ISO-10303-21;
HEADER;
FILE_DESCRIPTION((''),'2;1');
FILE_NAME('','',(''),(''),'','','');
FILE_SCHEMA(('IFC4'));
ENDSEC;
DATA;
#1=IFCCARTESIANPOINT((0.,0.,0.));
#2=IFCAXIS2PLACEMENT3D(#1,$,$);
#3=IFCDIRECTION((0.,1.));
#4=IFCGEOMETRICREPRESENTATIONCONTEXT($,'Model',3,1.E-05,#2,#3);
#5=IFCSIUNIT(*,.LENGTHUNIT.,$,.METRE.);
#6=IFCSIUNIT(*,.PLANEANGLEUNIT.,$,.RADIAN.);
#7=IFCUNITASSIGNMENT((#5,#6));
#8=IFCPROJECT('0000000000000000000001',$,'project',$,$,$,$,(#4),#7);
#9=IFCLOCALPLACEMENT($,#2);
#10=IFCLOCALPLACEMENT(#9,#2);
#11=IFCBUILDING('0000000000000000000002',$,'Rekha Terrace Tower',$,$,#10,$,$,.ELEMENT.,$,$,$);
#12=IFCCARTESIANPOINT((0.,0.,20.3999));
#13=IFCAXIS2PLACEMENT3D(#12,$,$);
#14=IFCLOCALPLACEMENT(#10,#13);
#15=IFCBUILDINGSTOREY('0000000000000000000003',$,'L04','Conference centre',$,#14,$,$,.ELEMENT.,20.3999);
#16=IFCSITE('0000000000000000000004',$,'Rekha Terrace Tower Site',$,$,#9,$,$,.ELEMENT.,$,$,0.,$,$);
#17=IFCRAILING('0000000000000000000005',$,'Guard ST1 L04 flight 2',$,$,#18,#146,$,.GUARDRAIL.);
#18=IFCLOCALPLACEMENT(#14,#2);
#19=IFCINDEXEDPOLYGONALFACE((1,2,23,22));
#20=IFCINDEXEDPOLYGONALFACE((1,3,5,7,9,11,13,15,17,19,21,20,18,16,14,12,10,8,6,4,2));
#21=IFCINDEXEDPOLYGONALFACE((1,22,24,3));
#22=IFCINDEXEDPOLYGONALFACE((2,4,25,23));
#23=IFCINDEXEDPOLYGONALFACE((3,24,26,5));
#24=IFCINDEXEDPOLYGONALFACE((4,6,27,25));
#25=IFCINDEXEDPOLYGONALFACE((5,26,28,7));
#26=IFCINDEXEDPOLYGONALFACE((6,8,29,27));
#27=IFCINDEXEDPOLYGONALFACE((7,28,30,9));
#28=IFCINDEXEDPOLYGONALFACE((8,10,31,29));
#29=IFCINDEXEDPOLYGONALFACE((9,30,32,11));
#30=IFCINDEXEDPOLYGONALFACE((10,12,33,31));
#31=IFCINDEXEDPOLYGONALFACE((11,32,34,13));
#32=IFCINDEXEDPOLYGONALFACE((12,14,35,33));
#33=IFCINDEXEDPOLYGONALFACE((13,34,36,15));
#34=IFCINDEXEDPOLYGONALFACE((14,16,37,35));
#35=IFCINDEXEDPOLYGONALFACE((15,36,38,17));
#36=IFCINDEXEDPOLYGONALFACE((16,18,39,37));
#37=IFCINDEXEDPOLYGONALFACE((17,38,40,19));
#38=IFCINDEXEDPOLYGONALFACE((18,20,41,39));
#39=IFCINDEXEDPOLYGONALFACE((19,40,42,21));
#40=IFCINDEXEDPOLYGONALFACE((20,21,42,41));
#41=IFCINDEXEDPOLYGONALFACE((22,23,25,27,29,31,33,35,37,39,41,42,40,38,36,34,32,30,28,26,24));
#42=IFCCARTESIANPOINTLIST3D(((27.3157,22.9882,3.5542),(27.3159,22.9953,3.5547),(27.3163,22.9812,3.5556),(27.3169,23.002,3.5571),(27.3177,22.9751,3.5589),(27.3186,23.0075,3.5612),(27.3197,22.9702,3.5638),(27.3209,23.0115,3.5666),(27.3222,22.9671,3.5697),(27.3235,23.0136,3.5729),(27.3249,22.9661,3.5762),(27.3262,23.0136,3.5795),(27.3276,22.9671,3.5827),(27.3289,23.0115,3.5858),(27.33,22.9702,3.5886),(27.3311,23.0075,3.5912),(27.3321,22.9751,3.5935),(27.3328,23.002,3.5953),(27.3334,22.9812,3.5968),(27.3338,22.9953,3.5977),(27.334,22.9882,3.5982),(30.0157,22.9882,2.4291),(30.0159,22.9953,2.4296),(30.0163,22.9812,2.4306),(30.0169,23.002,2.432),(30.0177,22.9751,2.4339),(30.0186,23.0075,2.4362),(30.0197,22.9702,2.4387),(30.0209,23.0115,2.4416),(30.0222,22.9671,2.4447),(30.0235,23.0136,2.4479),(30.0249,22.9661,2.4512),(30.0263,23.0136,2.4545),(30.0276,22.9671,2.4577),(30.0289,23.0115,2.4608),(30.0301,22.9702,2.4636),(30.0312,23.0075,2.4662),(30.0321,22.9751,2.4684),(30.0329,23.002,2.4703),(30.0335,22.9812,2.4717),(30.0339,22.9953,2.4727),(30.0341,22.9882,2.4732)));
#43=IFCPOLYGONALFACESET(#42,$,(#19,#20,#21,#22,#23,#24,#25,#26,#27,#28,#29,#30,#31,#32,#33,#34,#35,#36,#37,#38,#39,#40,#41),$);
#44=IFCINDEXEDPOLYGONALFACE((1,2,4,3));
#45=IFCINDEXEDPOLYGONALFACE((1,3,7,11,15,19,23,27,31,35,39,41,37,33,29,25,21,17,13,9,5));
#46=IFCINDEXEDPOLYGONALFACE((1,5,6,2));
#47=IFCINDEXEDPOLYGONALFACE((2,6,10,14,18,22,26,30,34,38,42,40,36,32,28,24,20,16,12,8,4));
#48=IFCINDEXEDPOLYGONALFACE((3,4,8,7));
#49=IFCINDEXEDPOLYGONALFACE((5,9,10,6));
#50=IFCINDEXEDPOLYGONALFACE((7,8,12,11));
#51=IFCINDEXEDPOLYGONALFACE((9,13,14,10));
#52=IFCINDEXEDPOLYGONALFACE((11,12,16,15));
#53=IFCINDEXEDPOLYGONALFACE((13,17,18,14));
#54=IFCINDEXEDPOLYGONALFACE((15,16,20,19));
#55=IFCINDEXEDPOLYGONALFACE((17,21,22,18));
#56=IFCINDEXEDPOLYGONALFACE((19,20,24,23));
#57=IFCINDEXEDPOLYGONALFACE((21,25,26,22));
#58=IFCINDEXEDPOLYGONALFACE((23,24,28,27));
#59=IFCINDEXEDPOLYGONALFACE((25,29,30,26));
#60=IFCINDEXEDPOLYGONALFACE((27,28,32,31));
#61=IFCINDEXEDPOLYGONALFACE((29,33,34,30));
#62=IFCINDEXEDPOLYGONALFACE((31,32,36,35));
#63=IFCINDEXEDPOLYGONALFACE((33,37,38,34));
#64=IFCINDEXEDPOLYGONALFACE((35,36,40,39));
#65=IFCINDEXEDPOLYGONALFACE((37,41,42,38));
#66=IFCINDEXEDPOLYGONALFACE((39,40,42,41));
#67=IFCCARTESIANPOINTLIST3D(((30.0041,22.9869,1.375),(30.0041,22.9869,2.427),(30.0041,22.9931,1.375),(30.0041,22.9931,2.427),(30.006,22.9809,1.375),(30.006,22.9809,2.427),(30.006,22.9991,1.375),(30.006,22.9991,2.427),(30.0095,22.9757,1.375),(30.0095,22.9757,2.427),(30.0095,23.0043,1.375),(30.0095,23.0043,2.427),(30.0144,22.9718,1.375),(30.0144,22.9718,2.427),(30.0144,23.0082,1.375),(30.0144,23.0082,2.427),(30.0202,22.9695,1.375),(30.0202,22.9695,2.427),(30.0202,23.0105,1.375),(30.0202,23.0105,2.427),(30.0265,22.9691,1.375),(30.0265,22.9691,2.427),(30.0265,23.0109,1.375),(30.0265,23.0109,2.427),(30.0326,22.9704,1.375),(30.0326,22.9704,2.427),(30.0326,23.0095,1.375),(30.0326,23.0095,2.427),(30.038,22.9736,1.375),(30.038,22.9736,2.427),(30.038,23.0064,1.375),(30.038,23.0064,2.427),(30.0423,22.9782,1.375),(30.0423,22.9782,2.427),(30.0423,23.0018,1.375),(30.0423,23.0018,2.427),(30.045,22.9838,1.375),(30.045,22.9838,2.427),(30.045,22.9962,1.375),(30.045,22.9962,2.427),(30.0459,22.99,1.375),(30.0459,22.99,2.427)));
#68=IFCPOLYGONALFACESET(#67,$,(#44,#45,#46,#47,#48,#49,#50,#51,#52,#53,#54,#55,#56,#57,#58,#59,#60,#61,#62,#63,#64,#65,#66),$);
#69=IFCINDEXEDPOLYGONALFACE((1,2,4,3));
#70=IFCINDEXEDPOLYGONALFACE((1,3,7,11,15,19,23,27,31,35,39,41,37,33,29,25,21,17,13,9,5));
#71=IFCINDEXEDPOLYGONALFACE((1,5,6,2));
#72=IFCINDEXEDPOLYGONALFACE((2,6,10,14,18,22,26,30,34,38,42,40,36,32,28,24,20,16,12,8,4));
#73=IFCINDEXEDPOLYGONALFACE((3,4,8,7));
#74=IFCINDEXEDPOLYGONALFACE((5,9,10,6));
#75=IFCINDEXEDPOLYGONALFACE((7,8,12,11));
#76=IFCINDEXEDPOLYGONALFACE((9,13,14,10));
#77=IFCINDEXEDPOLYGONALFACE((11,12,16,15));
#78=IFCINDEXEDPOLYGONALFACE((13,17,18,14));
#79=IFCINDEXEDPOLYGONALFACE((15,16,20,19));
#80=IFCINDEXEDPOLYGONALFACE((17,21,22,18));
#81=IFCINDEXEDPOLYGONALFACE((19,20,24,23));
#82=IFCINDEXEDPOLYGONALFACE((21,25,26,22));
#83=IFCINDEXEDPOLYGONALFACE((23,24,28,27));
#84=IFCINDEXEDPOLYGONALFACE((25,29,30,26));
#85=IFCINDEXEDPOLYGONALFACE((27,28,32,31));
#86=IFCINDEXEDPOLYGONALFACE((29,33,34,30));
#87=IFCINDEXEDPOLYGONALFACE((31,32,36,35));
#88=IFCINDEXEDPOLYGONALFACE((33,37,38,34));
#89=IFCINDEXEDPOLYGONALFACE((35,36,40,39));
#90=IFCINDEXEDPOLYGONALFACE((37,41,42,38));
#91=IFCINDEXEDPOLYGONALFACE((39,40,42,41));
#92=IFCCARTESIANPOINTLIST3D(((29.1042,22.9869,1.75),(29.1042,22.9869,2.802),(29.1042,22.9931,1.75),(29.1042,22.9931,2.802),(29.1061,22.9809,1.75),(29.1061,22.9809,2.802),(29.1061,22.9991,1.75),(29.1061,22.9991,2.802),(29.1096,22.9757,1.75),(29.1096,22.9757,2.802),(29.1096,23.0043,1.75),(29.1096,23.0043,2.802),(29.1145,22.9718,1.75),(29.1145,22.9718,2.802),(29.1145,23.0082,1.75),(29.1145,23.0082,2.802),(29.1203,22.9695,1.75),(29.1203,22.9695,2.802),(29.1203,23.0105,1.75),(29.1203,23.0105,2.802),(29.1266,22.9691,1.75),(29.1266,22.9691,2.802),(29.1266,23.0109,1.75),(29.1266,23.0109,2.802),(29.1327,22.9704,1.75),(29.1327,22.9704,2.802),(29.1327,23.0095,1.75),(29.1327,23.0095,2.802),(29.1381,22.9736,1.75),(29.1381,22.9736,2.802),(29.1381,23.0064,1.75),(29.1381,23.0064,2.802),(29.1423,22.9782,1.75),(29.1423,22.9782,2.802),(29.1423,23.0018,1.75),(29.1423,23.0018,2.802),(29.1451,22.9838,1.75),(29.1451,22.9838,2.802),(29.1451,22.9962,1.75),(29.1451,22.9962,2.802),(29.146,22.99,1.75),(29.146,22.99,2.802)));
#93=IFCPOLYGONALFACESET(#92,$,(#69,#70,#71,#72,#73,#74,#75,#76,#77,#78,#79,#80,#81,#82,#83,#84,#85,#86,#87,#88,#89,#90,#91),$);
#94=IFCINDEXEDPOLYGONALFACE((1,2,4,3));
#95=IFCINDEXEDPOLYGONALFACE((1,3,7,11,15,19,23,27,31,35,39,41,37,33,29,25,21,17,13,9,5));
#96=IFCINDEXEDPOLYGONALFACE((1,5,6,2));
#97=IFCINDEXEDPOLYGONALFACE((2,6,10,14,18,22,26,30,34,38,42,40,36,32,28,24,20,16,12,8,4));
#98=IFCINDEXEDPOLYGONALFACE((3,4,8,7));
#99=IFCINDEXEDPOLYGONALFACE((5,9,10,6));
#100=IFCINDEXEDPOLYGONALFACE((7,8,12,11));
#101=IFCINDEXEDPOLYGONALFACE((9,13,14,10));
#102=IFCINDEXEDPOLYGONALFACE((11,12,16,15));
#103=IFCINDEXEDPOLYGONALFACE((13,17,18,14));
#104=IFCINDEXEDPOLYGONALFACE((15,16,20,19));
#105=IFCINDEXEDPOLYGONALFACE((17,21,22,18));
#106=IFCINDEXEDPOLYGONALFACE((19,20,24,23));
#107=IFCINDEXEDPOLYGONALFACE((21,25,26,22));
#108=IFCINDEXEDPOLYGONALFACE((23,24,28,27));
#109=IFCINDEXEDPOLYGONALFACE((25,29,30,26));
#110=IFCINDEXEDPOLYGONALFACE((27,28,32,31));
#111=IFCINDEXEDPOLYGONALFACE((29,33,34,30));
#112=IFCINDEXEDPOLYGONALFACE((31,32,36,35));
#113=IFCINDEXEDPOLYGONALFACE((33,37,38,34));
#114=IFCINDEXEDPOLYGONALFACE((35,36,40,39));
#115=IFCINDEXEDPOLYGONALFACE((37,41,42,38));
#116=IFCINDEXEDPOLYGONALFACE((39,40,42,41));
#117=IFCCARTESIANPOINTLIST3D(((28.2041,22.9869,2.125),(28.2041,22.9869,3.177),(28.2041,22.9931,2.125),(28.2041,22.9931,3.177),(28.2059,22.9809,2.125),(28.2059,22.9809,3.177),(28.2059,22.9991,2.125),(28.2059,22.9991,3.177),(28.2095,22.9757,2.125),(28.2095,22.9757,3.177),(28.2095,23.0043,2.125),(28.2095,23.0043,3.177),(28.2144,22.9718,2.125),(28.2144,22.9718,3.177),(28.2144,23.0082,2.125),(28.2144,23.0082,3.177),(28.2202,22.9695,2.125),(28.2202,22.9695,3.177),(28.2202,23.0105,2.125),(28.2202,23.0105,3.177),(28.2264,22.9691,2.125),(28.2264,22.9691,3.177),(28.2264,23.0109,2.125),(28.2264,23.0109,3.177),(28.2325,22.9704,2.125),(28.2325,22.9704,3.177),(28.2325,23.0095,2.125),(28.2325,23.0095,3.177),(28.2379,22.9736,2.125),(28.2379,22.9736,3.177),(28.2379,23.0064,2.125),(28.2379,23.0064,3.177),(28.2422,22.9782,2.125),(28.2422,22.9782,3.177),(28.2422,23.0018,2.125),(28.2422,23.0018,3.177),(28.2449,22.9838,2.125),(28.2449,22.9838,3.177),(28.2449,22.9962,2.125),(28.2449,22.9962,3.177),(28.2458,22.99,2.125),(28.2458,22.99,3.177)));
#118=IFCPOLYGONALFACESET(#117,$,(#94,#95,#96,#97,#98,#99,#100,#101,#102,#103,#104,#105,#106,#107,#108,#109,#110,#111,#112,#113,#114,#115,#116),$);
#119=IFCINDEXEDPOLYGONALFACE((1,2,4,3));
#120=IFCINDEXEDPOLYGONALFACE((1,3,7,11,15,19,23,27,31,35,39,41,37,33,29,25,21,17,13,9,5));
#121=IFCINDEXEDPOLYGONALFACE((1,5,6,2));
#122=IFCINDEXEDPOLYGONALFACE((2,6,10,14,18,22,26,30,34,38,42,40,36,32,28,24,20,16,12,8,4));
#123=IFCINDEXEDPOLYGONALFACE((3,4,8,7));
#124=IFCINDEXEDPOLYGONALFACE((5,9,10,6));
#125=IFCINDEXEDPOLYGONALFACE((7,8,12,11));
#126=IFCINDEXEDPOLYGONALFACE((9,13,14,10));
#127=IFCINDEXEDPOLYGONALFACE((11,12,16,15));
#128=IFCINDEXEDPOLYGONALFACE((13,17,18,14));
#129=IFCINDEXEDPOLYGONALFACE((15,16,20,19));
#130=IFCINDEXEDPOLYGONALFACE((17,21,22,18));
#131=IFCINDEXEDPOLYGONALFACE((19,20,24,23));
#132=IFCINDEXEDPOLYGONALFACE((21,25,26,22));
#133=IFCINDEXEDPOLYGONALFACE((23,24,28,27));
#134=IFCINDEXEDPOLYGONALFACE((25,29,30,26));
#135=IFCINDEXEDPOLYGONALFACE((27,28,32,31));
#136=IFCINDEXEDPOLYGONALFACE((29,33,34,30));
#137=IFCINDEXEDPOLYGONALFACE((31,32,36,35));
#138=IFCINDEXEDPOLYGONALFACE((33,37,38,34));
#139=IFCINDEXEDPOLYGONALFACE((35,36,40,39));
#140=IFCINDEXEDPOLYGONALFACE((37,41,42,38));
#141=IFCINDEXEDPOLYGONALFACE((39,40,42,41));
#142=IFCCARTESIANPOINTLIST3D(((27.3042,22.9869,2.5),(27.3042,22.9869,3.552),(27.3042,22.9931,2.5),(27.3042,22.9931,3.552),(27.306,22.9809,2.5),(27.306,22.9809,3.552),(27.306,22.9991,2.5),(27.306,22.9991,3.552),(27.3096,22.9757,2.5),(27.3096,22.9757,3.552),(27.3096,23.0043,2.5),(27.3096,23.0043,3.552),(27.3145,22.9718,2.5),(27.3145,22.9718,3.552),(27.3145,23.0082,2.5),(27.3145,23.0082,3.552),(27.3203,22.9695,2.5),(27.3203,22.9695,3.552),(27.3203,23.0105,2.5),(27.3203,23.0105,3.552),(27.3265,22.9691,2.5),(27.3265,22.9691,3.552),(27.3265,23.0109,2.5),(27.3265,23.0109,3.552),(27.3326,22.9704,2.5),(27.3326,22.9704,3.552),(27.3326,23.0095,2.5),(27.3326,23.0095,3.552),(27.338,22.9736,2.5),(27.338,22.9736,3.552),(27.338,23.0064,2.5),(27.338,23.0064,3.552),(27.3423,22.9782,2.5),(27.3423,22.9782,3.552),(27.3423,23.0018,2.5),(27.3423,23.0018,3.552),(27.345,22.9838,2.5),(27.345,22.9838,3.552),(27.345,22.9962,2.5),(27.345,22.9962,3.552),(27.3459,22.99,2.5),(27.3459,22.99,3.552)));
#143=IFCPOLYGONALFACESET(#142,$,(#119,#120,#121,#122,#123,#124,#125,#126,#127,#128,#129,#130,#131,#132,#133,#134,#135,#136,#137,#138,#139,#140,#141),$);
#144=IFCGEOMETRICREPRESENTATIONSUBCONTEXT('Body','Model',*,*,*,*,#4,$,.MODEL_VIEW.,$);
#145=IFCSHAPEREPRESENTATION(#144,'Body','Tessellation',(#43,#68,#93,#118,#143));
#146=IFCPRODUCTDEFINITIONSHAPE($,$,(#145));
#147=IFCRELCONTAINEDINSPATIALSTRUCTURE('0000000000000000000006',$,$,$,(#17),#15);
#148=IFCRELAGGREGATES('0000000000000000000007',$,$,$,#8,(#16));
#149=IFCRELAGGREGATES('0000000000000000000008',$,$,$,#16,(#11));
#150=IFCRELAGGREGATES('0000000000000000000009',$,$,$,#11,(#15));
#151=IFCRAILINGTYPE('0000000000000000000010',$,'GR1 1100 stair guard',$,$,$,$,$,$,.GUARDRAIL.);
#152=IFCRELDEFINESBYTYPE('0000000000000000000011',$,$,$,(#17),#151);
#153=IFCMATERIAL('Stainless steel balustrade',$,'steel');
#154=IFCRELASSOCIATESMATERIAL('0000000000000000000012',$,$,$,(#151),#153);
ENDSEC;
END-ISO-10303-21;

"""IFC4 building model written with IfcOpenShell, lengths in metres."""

from ifc_helpers import new_model, si_unit, direction, frame, origin, origin_2d, place, context, subcontext, project, spatial, circle, extrude, material, type_object, element, save


model = new_model("IFC4")

# Units and contexts
model_context = context("Model", 3, precision=1e-05, world=origin(), true_north=direction((0.0, 1.0)))
body_context = subcontext(model_context, "Body", "Model", "MODEL_VIEW")
ifc_project = project(units=[si_unit("LENGTHUNIT", "METRE"), si_unit("PLANEANGLEUNIT", "RADIAN")], contexts=[model_context])

# Site, building, storey
site_placement = place(None, origin())
site = spatial("IfcSite", under=ifc_project, at=site_placement, Name="Rekha Terrace Tower Site", CompositionType="ELEMENT", RefElevation=0.0)
building_placement = place(site_placement, origin())
building = spatial("IfcBuilding", under=site, at=building_placement, Name="Rekha Terrace Tower", CompositionType="ELEMENT")
storey_placement = place(building_placement, frame((0.0, 0.0, 20.3999)))
storey = spatial("IfcBuildingStorey", under=building, at=storey_placement, Name="L04", Description="Conference centre", CompositionType="ELEMENT", Elevation=20.3999)

# Railing
ifc_material_1 = material(Name="Stainless steel balustrade", Category="steel")
railing_type_1 = type_object("IfcRailingType", Name="GR1 1100 stair guard", PredefinedType="GUARDRAIL", material=ifc_material_1)
railing_1_placement = place(storey_placement, frame((30.0249, 22.99, 1.375)))
element("IfcRailing", 1, at=railing_1_placement, inside=storey, type_object=railing_type_1, Name="Guard ST1 L04 flight 2", PredefinedType="GUARDRAIL", context=body_context, shape_type="SweptSolid", body=[
    extrude(circle(Radius=0.0239, at=origin_2d()), frame((0.0, 0.0, 1.0762), z_axis=(-0.923074, 0.0, 0.384621), x_axis=(0.0, -1.0, 0.0)), (0.0, 0.0, 1.0), 2.925),
    extrude(circle(Radius=0.021, at=origin_2d()), origin(), (0.0, 0.0, 1.0), 1.052),
    extrude(circle(Radius=0.021, at=origin_2d()), frame((-0.8999, 0.0, 0.375)), (0.0, 0.0, 1.0), 1.052),
    extrude(circle(Radius=0.021, at=origin_2d()), frame((-1.8, 0.0, 0.75)), (0.0, 0.0, 1.0), 1.052),
    extrude(circle(Radius=0.021, at=origin_2d()), frame((-2.7, 0.0, 1.125)), (0.0, 0.0, 1.0), 1.052),
])

save(model, "model.ifc")
